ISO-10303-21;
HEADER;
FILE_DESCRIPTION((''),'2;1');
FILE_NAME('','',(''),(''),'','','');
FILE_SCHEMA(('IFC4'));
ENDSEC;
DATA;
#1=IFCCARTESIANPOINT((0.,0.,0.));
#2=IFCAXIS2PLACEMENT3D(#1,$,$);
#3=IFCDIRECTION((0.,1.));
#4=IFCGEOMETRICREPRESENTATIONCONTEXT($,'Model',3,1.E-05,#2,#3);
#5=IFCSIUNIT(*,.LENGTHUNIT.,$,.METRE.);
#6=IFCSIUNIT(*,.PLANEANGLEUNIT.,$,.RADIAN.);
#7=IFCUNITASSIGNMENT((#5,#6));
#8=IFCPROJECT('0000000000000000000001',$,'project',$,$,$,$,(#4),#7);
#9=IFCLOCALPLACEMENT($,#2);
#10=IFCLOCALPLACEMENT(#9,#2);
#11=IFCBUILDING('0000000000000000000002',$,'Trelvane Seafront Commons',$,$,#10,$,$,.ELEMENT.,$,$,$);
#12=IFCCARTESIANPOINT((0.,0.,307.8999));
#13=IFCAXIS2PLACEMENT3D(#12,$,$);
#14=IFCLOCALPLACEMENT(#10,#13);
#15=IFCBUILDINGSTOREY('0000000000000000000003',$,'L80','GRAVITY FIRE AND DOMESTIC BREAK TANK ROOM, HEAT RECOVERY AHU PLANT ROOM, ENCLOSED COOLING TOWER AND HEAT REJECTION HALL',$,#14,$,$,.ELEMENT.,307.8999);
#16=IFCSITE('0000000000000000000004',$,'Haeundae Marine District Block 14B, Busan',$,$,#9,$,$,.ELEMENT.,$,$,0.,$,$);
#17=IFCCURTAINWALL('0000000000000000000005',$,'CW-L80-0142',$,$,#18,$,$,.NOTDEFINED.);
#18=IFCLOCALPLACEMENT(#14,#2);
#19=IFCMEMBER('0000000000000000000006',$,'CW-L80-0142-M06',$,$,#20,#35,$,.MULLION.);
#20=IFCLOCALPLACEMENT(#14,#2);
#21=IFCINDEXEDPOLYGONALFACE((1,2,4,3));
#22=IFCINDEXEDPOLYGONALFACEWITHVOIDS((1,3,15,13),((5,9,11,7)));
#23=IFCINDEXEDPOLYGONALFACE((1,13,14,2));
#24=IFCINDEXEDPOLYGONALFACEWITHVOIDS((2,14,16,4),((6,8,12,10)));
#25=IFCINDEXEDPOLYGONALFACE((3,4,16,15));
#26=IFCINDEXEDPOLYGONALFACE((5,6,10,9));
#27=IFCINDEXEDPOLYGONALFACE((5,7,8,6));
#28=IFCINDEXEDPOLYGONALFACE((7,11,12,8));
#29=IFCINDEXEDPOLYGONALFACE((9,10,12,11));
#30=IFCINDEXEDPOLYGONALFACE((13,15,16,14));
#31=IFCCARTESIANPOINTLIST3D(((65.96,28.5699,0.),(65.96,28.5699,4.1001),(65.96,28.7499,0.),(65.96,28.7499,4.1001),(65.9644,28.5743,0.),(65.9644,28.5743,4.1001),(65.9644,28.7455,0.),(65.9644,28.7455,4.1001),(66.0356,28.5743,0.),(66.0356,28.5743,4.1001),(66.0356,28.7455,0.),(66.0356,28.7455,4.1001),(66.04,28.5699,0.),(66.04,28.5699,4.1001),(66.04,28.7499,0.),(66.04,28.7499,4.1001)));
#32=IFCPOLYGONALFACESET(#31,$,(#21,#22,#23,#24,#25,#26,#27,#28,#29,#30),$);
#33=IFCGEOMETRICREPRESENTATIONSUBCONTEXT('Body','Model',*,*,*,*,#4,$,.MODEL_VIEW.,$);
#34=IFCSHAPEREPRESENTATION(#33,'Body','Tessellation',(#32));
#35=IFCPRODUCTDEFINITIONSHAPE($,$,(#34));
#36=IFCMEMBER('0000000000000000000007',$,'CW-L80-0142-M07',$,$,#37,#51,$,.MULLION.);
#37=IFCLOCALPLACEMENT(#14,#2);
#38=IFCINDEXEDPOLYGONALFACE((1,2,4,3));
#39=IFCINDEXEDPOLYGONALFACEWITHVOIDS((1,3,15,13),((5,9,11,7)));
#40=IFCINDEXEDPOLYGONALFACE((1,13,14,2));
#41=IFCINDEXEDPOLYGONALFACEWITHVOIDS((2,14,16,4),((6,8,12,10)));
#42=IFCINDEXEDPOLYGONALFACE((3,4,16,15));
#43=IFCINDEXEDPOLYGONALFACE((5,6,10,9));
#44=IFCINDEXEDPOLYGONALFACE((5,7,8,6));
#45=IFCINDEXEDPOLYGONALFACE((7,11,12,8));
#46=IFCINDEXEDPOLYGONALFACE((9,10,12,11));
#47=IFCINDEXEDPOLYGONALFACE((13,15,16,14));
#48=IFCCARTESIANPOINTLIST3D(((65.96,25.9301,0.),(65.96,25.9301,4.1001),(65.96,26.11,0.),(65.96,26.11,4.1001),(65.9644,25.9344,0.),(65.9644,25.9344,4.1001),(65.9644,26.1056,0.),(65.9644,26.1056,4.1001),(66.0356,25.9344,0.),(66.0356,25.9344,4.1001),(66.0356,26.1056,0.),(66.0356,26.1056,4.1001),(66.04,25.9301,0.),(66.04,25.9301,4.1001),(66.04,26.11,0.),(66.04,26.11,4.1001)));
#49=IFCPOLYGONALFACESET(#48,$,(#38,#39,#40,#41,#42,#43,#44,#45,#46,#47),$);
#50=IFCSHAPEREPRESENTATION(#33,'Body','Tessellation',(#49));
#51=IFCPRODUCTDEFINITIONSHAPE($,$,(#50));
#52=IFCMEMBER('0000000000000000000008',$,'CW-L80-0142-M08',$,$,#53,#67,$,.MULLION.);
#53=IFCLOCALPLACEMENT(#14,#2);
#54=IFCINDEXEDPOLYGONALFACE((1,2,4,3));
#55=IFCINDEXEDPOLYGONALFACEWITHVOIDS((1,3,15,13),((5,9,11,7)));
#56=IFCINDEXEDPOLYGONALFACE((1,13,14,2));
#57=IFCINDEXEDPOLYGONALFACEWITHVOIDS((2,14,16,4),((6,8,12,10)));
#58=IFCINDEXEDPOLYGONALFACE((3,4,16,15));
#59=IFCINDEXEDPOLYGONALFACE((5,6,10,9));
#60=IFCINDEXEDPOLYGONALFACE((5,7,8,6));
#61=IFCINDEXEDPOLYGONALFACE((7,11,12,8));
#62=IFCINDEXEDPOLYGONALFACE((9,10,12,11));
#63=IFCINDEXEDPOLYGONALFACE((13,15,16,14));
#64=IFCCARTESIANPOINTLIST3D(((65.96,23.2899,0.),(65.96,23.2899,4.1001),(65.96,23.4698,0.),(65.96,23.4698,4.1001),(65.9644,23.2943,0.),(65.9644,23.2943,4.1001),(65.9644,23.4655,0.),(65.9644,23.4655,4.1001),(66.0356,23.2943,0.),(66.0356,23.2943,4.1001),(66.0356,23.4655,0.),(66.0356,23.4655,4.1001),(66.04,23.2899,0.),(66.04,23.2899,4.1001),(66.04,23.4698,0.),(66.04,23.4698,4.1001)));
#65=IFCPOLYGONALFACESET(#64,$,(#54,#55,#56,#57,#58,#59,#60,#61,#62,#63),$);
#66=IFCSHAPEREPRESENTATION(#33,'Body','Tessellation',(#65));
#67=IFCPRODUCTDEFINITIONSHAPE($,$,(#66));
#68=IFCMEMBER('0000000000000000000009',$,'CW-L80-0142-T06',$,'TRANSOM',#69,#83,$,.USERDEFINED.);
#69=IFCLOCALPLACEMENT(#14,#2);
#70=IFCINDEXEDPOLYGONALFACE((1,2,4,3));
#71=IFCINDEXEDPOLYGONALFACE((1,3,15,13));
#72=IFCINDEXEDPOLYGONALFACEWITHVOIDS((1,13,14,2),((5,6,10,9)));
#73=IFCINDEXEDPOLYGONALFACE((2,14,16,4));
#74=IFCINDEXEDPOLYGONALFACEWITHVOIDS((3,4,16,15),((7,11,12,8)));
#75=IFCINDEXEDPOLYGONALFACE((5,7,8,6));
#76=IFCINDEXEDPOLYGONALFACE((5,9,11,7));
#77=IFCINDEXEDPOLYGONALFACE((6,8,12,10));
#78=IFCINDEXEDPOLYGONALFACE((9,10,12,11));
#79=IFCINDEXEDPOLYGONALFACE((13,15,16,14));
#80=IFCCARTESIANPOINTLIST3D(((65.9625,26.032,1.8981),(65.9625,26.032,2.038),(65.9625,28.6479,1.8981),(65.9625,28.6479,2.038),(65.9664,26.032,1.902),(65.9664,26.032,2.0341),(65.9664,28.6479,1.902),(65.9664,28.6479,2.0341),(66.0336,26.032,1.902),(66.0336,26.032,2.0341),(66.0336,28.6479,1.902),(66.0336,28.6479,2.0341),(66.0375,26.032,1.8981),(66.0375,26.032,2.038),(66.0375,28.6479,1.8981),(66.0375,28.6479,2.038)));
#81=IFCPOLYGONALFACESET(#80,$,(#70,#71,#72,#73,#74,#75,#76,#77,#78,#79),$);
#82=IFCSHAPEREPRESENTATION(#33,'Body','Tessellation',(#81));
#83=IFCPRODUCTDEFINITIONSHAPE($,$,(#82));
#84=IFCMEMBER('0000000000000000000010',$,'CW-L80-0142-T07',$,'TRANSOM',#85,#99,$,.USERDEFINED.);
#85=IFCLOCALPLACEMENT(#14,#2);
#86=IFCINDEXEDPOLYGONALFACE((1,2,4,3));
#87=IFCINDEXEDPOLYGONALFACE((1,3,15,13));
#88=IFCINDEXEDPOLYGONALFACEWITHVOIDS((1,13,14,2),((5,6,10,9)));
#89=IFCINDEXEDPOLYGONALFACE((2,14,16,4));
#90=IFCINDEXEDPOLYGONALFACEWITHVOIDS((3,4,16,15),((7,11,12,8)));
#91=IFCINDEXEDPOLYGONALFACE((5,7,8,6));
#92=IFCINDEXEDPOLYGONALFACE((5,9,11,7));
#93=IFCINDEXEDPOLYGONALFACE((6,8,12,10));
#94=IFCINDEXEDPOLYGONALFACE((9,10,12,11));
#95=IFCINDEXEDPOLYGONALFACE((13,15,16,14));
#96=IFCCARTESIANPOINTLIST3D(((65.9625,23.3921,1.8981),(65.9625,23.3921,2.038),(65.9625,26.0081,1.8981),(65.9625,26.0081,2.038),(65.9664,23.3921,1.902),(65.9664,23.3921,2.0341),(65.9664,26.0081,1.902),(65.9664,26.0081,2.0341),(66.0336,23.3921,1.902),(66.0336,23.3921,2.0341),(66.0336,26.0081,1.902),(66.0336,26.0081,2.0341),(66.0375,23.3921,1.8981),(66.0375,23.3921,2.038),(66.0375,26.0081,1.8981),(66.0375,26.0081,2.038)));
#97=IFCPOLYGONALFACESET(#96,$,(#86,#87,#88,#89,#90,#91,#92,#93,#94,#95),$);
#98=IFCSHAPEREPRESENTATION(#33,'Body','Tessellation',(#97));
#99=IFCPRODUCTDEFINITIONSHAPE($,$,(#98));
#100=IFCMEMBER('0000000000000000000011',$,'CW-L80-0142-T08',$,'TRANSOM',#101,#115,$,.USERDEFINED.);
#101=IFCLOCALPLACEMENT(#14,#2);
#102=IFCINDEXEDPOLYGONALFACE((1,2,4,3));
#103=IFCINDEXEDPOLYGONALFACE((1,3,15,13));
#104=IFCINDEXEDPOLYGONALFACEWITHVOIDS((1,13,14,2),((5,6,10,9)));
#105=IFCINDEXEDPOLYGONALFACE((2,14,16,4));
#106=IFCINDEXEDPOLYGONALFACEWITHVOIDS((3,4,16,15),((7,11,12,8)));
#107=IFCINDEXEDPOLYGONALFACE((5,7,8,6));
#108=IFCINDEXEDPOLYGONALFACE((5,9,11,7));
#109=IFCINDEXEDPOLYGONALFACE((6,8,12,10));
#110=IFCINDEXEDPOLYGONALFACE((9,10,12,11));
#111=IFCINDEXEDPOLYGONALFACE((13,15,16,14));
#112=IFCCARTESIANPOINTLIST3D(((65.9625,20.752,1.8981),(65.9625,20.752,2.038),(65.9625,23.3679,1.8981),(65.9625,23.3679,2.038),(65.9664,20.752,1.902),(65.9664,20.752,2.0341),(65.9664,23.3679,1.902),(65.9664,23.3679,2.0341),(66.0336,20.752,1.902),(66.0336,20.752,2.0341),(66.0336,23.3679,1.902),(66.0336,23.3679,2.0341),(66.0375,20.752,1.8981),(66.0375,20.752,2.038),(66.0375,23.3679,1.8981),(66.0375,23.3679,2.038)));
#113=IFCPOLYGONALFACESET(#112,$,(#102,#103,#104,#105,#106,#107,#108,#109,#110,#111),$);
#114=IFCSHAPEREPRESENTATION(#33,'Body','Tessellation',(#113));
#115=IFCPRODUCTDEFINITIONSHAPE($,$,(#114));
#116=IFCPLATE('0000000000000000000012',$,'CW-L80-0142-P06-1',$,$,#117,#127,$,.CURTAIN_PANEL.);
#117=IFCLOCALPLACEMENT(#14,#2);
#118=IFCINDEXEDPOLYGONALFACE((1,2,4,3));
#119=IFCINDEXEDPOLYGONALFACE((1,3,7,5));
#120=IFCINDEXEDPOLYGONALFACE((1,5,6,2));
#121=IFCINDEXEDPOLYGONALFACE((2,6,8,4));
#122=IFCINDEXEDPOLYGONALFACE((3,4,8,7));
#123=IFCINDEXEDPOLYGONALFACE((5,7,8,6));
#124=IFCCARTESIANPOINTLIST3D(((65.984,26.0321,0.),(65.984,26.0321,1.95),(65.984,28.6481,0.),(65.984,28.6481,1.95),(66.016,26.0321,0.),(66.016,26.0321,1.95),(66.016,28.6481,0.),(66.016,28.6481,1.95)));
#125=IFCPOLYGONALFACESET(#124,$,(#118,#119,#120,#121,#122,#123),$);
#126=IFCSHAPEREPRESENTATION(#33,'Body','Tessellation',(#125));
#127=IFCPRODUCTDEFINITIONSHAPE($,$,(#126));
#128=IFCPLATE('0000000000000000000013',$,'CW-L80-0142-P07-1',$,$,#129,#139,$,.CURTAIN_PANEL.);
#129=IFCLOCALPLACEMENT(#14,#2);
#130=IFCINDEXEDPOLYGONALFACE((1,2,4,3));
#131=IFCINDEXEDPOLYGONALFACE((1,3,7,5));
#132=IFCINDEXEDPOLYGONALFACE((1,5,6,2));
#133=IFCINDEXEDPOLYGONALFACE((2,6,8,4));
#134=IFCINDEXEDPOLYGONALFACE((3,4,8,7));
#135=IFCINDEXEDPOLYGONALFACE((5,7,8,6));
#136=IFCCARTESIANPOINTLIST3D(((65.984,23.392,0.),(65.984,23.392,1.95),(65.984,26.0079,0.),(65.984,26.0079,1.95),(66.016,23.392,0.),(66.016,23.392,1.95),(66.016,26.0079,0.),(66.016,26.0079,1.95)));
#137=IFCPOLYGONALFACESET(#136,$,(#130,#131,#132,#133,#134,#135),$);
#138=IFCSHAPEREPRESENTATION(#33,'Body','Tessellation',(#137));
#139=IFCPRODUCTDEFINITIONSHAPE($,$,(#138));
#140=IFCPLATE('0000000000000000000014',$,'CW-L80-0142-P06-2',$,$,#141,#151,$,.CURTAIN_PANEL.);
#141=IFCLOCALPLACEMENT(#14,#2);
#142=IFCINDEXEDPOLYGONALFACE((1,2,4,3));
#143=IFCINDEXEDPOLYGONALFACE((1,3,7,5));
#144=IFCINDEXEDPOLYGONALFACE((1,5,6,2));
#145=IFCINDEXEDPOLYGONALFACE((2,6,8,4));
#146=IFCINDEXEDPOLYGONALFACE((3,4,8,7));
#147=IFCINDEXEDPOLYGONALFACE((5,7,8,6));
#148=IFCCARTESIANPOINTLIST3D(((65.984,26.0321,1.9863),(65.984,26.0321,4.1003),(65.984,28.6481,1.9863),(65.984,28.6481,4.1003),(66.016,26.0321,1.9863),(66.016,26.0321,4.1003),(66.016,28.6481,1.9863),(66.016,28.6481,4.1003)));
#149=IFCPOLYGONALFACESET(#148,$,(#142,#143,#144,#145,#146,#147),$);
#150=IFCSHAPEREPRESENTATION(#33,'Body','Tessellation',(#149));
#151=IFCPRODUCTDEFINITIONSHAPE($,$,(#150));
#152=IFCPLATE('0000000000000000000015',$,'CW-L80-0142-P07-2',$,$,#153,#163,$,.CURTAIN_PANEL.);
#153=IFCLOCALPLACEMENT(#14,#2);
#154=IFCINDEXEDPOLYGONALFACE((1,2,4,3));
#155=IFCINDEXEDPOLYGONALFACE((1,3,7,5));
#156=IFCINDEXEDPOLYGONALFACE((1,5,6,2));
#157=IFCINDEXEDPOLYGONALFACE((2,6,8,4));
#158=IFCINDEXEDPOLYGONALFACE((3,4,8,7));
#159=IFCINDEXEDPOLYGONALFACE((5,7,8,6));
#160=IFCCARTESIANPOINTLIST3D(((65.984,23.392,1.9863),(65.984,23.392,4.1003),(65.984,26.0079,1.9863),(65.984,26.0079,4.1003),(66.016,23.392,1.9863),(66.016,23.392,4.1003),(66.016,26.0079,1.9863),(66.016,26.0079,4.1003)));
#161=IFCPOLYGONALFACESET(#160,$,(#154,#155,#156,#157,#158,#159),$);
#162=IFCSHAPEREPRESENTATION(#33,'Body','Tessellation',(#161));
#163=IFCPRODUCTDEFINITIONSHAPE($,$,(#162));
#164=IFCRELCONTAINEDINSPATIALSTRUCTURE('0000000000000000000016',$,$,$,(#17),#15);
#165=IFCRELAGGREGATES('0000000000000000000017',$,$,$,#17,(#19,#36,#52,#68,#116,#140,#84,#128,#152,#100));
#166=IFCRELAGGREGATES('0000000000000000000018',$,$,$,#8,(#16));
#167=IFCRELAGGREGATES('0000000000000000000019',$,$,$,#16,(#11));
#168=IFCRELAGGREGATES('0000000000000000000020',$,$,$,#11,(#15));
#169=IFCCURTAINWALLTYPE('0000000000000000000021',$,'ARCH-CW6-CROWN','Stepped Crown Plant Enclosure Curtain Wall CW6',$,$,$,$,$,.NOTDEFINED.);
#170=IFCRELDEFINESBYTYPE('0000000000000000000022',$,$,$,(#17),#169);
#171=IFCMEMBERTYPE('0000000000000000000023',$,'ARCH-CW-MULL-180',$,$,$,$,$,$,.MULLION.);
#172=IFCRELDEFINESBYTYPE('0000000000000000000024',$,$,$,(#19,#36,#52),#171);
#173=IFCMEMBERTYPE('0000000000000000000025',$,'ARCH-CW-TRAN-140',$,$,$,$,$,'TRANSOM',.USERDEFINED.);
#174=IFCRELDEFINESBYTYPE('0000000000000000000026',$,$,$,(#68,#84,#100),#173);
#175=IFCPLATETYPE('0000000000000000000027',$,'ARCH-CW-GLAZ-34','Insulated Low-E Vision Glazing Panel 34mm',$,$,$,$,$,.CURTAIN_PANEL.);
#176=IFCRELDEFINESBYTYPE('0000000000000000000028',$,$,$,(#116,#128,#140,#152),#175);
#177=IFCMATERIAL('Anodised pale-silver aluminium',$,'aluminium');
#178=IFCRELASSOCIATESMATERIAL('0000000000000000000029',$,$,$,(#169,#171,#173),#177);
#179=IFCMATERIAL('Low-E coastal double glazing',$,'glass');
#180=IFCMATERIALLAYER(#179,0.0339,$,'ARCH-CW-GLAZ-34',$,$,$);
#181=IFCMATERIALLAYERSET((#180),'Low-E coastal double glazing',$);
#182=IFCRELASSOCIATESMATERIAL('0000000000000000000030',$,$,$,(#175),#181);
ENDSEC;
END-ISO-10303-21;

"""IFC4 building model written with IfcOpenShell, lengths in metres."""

from ifc_helpers import new_model, si_unit, direction, frame, origin, origin_2d, place, context, subcontext, project, spatial, rectangle, hollow_rectangle, extrude, source, transform, mapped, material, layer, layer_set, material_profile, profile_set, type_object, element, aggregate, save


model = new_model("IFC4")

# Units and contexts
model_context = context("Model", 3, precision=1e-05, world=origin(), true_north=direction((0.0, 1.0)))
body_context = subcontext(model_context, "Body", "Model", "MODEL_VIEW")
ifc_project = project(units=[si_unit("LENGTHUNIT", "METRE"), si_unit("PLANEANGLEUNIT", "RADIAN")], contexts=[model_context])

# Site, building, storey
site_placement = place(None, origin())
site = spatial("IfcSite", under=ifc_project, at=site_placement, Name="Haeundae Marine District Block 14B, Busan", CompositionType="ELEMENT", RefElevation=0.0)
building_placement = place(site_placement, origin())
building = spatial("IfcBuilding", under=site, at=building_placement, Name="Trelvane Seafront Commons", CompositionType="ELEMENT")
storey_placement = place(building_placement, frame((0.0, 0.0, 307.8999)))
storey = spatial("IfcBuildingStorey", under=building, at=storey_placement, Name="L80", Description="GRAVITY FIRE AND DOMESTIC BREAK TANK ROOM, HEAT RECOVERY AHU PLANT ROOM, ENCLOSED COOLING TOWER AND HEAT REJECTION HALL", CompositionType="ELEMENT", Elevation=307.8999)

# Curtain wall, members, plates
ifc_material_1 = material(Name="Anodised pale-silver aluminium", Category="aluminium")
curtain_wall_type = type_object("IfcCurtainWallType", Name="ARCH-CW6-CROWN", Description="Stepped Crown Plant Enclosure Curtain Wall CW6", PredefinedType="NOTDEFINED", material=ifc_material_1)
curtain_wall_placement = place(storey_placement, origin())
curtain_wall = element("IfcCurtainWall", 1, at=curtain_wall_placement, inside=storey, type_object=curtain_wall_type, Name="CW-L80-0142", PredefinedType="NOTDEFINED")
ifc_material_profile_1 = material_profile(ifc_material_1, hollow_rectangle(XDim=0.0801, YDim=0.1799, WallThickness=0.0044, at=origin_2d()), Name="MULL-80x180x4.5")
ifc_profile_set_1 = profile_set([ifc_material_profile_1], Name="Anodised pale-silver aluminium")
member_type_1 = type_object("IfcMemberType", Name="ARCH-CW-MULL-180", PredefinedType="MULLION", material=ifc_profile_set_1)
shared_shape_1 = source(origin(), body_context, "Body", "SweptSolid", [
    extrude(hollow_rectangle(XDim=0.0801, YDim=0.1799, WallThickness=0.0044, at=origin_2d()), origin(), (0.0, 0.0, 1.0), 4.1001),
])
member_1_placement = place(storey_placement, frame((66.0, 28.6599, 0.0), z_axis=(0.0, 0.0, 1.0), x_axis=(1.0, 0.0, 0.0)))
member_1 = element("IfcMember", 2, at=member_1_placement, type_object=member_type_1, Name="CW-L80-0142-M06", PredefinedType="MULLION", context=body_context, shape_type="MappedRepresentation", body=[
    mapped(shared_shape_1, transform((0.0, 0.0, 0.0), x_axis=(1.0, 0.0, 0.0), y_axis=(0.0, 1.0, 0.0), z_axis=(0.0, 0.0, 1.0), scale=1.0)),
])
member_2_placement = place(storey_placement, frame((66.0, 26.02, 0.0), z_axis=(0.0, 0.0, 1.0), x_axis=(1.0, 0.0, 0.0)))
member_2 = element("IfcMember", 3, at=member_2_placement, type_object=member_type_1, Name="CW-L80-0142-M07", PredefinedType="MULLION", context=body_context, shape_type="MappedRepresentation", body=[
    mapped(shared_shape_1, transform((0.0, 0.0, 0.0), x_axis=(1.0, 0.0, 0.0), y_axis=(0.0, 1.0, 0.0), z_axis=(0.0, 0.0, 1.0), scale=1.0)),
])
member_3_placement = place(storey_placement, frame((66.0, 23.3799, 0.0), z_axis=(0.0, 0.0, 1.0), x_axis=(1.0, 0.0, 0.0)))
member_3 = element("IfcMember", 4, at=member_3_placement, type_object=member_type_1, Name="CW-L80-0142-M08", PredefinedType="MULLION", context=body_context, shape_type="MappedRepresentation", body=[
    mapped(shared_shape_1, transform((0.0, 0.0, 0.0), x_axis=(1.0, 0.0, 0.0), y_axis=(0.0, 1.0, 0.0), z_axis=(0.0, 0.0, 1.0), scale=1.0)),
])
ifc_material_profile_2 = material_profile(ifc_material_1, hollow_rectangle(XDim=0.075, YDim=0.1399, WallThickness=0.0039, at=origin_2d()), Name="TRAN-75x140x4")
ifc_profile_set_2 = profile_set([ifc_material_profile_2], Name="Anodised pale-silver aluminium")
member_type_2 = type_object("IfcMemberType", Name="ARCH-CW-TRAN-140", ElementType="TRANSOM", PredefinedType="USERDEFINED", material=ifc_profile_set_2)
shared_shape_2 = source(origin(), body_context, "Body", "SweptSolid", [
    extrude(hollow_rectangle(XDim=0.075, YDim=0.1399, WallThickness=0.0039, at=origin_2d()), origin(), (0.0, 0.0, 1.0), 2.616),
])
member_4_placement = place(storey_placement, frame((66.0, 28.6479, 1.968), z_axis=(0.0, -1.0, 0.0), x_axis=(1.0, 0.0, 0.0)))
member_4 = element("IfcMember", 5, at=member_4_placement, type_object=member_type_2, Name="CW-L80-0142-T06", ObjectType="TRANSOM", PredefinedType="USERDEFINED", context=body_context, shape_type="MappedRepresentation", body=[
    mapped(shared_shape_2, transform((0.0, 0.0, 0.0), x_axis=(1.0, 0.0, 0.0), y_axis=(0.0, 1.0, 0.0), z_axis=(0.0, 0.0, 1.0), scale=1.0)),
])
member_5_placement = place(storey_placement, frame((66.0, 26.0081, 1.968), z_axis=(0.0, -1.0, 0.0), x_axis=(1.0, 0.0, 0.0)))
member_5 = element("IfcMember", 6, at=member_5_placement, type_object=member_type_2, Name="CW-L80-0142-T07", ObjectType="TRANSOM", PredefinedType="USERDEFINED", context=body_context, shape_type="MappedRepresentation", body=[
    mapped(shared_shape_2, transform((0.0, 0.0, 0.0), x_axis=(1.0, 0.0, 0.0), y_axis=(0.0, 1.0, 0.0), z_axis=(0.0, 0.0, 1.0), scale=1.0)),
])
member_6_placement = place(storey_placement, frame((66.0, 23.3679, 1.968), z_axis=(0.0, -1.0, 0.0), x_axis=(1.0, 0.0, 0.0)))
member_6 = element("IfcMember", 7, at=member_6_placement, type_object=member_type_2, Name="CW-L80-0142-T08", ObjectType="TRANSOM", PredefinedType="USERDEFINED", context=body_context, shape_type="MappedRepresentation", body=[
    mapped(shared_shape_2, transform((0.0, 0.0, 0.0), x_axis=(1.0, 0.0, 0.0), y_axis=(0.0, 1.0, 0.0), z_axis=(0.0, 0.0, 1.0), scale=1.0)),
])
ifc_material_2 = material(Name="Low-E coastal double glazing", Category="glass")
ifc_layer = layer(ifc_material_2, 0.0339, Name="ARCH-CW-GLAZ-34")
ifc_layer_set = layer_set([ifc_layer], Name="Low-E coastal double glazing")
plate_type = type_object("IfcPlateType", Name="ARCH-CW-GLAZ-34", Description="Insulated Low-E Vision Glazing Panel 34mm", PredefinedType="CURTAIN_PANEL", material=ifc_layer_set)
shared_shape_3 = source(origin(), body_context, "Body", "SweptSolid", [
    extrude(rectangle(XDim=2.616, YDim=0.032, at=origin_2d()), origin(), (0.0, 0.0, 1.0), 1.95),
])
plate_1_placement = place(storey_placement, frame((66.0, 27.3401, 0.0), z_axis=(0.0, 0.0, 1.0), x_axis=(0.0, -1.0, 0.0)))
plate_1 = element("IfcPlate", 8, at=plate_1_placement, type_object=plate_type, Name="CW-L80-0142-P06-1", PredefinedType="CURTAIN_PANEL", context=body_context, shape_type="MappedRepresentation", body=[
    mapped(shared_shape_3, transform((0.0, 0.0, 0.0), x_axis=(1.0, 0.0, 0.0), y_axis=(0.0, 1.0, 0.0), z_axis=(0.0, 0.0, 1.0), scale=1.0)),
])
plate_2_placement = place(storey_placement, frame((66.0, 24.7, 0.0), z_axis=(0.0, 0.0, 1.0), x_axis=(0.0, -1.0, 0.0)))
plate_2 = element("IfcPlate", 9, at=plate_2_placement, type_object=plate_type, Name="CW-L80-0142-P07-1", PredefinedType="CURTAIN_PANEL", context=body_context, shape_type="MappedRepresentation", body=[
    mapped(shared_shape_3, transform((0.0, 0.0, 0.0), x_axis=(1.0, 0.0, 0.0), y_axis=(0.0, 1.0, 0.0), z_axis=(0.0, 0.0, 1.0), scale=1.0)),
])
shared_shape_4 = source(origin(), body_context, "Body", "SweptSolid", [
    extrude(rectangle(XDim=2.616, YDim=0.032, at=origin_2d()), origin(), (0.0, 0.0, 1.0), 2.114),
])
plate_3_placement = place(storey_placement, frame((66.0, 27.3401, 1.9863), z_axis=(0.0, 0.0, 1.0), x_axis=(0.0, -1.0, 0.0)))
plate_3 = element("IfcPlate", 10, at=plate_3_placement, type_object=plate_type, Name="CW-L80-0142-P06-2", PredefinedType="CURTAIN_PANEL", context=body_context, shape_type="MappedRepresentation", body=[
    mapped(shared_shape_4, transform((0.0, 0.0, 0.0), x_axis=(1.0, 0.0, 0.0), y_axis=(0.0, 1.0, 0.0), z_axis=(0.0, 0.0, 1.0), scale=1.0)),
])
plate_4_placement = place(storey_placement, frame((66.0, 24.7, 1.9863), z_axis=(0.0, 0.0, 1.0), x_axis=(0.0, -1.0, 0.0)))
plate_4 = element("IfcPlate", 11, at=plate_4_placement, type_object=plate_type, Name="CW-L80-0142-P07-2", PredefinedType="CURTAIN_PANEL", context=body_context, shape_type="MappedRepresentation", body=[
    mapped(shared_shape_4, transform((0.0, 0.0, 0.0), x_axis=(1.0, 0.0, 0.0), y_axis=(0.0, 1.0, 0.0), z_axis=(0.0, 0.0, 1.0), scale=1.0)),
])
aggregate(curtain_wall, [member_1, member_2, member_3, member_4, plate_1, plate_3, member_5, plate_2, plate_4, member_6])

save(model, "model.ifc")
